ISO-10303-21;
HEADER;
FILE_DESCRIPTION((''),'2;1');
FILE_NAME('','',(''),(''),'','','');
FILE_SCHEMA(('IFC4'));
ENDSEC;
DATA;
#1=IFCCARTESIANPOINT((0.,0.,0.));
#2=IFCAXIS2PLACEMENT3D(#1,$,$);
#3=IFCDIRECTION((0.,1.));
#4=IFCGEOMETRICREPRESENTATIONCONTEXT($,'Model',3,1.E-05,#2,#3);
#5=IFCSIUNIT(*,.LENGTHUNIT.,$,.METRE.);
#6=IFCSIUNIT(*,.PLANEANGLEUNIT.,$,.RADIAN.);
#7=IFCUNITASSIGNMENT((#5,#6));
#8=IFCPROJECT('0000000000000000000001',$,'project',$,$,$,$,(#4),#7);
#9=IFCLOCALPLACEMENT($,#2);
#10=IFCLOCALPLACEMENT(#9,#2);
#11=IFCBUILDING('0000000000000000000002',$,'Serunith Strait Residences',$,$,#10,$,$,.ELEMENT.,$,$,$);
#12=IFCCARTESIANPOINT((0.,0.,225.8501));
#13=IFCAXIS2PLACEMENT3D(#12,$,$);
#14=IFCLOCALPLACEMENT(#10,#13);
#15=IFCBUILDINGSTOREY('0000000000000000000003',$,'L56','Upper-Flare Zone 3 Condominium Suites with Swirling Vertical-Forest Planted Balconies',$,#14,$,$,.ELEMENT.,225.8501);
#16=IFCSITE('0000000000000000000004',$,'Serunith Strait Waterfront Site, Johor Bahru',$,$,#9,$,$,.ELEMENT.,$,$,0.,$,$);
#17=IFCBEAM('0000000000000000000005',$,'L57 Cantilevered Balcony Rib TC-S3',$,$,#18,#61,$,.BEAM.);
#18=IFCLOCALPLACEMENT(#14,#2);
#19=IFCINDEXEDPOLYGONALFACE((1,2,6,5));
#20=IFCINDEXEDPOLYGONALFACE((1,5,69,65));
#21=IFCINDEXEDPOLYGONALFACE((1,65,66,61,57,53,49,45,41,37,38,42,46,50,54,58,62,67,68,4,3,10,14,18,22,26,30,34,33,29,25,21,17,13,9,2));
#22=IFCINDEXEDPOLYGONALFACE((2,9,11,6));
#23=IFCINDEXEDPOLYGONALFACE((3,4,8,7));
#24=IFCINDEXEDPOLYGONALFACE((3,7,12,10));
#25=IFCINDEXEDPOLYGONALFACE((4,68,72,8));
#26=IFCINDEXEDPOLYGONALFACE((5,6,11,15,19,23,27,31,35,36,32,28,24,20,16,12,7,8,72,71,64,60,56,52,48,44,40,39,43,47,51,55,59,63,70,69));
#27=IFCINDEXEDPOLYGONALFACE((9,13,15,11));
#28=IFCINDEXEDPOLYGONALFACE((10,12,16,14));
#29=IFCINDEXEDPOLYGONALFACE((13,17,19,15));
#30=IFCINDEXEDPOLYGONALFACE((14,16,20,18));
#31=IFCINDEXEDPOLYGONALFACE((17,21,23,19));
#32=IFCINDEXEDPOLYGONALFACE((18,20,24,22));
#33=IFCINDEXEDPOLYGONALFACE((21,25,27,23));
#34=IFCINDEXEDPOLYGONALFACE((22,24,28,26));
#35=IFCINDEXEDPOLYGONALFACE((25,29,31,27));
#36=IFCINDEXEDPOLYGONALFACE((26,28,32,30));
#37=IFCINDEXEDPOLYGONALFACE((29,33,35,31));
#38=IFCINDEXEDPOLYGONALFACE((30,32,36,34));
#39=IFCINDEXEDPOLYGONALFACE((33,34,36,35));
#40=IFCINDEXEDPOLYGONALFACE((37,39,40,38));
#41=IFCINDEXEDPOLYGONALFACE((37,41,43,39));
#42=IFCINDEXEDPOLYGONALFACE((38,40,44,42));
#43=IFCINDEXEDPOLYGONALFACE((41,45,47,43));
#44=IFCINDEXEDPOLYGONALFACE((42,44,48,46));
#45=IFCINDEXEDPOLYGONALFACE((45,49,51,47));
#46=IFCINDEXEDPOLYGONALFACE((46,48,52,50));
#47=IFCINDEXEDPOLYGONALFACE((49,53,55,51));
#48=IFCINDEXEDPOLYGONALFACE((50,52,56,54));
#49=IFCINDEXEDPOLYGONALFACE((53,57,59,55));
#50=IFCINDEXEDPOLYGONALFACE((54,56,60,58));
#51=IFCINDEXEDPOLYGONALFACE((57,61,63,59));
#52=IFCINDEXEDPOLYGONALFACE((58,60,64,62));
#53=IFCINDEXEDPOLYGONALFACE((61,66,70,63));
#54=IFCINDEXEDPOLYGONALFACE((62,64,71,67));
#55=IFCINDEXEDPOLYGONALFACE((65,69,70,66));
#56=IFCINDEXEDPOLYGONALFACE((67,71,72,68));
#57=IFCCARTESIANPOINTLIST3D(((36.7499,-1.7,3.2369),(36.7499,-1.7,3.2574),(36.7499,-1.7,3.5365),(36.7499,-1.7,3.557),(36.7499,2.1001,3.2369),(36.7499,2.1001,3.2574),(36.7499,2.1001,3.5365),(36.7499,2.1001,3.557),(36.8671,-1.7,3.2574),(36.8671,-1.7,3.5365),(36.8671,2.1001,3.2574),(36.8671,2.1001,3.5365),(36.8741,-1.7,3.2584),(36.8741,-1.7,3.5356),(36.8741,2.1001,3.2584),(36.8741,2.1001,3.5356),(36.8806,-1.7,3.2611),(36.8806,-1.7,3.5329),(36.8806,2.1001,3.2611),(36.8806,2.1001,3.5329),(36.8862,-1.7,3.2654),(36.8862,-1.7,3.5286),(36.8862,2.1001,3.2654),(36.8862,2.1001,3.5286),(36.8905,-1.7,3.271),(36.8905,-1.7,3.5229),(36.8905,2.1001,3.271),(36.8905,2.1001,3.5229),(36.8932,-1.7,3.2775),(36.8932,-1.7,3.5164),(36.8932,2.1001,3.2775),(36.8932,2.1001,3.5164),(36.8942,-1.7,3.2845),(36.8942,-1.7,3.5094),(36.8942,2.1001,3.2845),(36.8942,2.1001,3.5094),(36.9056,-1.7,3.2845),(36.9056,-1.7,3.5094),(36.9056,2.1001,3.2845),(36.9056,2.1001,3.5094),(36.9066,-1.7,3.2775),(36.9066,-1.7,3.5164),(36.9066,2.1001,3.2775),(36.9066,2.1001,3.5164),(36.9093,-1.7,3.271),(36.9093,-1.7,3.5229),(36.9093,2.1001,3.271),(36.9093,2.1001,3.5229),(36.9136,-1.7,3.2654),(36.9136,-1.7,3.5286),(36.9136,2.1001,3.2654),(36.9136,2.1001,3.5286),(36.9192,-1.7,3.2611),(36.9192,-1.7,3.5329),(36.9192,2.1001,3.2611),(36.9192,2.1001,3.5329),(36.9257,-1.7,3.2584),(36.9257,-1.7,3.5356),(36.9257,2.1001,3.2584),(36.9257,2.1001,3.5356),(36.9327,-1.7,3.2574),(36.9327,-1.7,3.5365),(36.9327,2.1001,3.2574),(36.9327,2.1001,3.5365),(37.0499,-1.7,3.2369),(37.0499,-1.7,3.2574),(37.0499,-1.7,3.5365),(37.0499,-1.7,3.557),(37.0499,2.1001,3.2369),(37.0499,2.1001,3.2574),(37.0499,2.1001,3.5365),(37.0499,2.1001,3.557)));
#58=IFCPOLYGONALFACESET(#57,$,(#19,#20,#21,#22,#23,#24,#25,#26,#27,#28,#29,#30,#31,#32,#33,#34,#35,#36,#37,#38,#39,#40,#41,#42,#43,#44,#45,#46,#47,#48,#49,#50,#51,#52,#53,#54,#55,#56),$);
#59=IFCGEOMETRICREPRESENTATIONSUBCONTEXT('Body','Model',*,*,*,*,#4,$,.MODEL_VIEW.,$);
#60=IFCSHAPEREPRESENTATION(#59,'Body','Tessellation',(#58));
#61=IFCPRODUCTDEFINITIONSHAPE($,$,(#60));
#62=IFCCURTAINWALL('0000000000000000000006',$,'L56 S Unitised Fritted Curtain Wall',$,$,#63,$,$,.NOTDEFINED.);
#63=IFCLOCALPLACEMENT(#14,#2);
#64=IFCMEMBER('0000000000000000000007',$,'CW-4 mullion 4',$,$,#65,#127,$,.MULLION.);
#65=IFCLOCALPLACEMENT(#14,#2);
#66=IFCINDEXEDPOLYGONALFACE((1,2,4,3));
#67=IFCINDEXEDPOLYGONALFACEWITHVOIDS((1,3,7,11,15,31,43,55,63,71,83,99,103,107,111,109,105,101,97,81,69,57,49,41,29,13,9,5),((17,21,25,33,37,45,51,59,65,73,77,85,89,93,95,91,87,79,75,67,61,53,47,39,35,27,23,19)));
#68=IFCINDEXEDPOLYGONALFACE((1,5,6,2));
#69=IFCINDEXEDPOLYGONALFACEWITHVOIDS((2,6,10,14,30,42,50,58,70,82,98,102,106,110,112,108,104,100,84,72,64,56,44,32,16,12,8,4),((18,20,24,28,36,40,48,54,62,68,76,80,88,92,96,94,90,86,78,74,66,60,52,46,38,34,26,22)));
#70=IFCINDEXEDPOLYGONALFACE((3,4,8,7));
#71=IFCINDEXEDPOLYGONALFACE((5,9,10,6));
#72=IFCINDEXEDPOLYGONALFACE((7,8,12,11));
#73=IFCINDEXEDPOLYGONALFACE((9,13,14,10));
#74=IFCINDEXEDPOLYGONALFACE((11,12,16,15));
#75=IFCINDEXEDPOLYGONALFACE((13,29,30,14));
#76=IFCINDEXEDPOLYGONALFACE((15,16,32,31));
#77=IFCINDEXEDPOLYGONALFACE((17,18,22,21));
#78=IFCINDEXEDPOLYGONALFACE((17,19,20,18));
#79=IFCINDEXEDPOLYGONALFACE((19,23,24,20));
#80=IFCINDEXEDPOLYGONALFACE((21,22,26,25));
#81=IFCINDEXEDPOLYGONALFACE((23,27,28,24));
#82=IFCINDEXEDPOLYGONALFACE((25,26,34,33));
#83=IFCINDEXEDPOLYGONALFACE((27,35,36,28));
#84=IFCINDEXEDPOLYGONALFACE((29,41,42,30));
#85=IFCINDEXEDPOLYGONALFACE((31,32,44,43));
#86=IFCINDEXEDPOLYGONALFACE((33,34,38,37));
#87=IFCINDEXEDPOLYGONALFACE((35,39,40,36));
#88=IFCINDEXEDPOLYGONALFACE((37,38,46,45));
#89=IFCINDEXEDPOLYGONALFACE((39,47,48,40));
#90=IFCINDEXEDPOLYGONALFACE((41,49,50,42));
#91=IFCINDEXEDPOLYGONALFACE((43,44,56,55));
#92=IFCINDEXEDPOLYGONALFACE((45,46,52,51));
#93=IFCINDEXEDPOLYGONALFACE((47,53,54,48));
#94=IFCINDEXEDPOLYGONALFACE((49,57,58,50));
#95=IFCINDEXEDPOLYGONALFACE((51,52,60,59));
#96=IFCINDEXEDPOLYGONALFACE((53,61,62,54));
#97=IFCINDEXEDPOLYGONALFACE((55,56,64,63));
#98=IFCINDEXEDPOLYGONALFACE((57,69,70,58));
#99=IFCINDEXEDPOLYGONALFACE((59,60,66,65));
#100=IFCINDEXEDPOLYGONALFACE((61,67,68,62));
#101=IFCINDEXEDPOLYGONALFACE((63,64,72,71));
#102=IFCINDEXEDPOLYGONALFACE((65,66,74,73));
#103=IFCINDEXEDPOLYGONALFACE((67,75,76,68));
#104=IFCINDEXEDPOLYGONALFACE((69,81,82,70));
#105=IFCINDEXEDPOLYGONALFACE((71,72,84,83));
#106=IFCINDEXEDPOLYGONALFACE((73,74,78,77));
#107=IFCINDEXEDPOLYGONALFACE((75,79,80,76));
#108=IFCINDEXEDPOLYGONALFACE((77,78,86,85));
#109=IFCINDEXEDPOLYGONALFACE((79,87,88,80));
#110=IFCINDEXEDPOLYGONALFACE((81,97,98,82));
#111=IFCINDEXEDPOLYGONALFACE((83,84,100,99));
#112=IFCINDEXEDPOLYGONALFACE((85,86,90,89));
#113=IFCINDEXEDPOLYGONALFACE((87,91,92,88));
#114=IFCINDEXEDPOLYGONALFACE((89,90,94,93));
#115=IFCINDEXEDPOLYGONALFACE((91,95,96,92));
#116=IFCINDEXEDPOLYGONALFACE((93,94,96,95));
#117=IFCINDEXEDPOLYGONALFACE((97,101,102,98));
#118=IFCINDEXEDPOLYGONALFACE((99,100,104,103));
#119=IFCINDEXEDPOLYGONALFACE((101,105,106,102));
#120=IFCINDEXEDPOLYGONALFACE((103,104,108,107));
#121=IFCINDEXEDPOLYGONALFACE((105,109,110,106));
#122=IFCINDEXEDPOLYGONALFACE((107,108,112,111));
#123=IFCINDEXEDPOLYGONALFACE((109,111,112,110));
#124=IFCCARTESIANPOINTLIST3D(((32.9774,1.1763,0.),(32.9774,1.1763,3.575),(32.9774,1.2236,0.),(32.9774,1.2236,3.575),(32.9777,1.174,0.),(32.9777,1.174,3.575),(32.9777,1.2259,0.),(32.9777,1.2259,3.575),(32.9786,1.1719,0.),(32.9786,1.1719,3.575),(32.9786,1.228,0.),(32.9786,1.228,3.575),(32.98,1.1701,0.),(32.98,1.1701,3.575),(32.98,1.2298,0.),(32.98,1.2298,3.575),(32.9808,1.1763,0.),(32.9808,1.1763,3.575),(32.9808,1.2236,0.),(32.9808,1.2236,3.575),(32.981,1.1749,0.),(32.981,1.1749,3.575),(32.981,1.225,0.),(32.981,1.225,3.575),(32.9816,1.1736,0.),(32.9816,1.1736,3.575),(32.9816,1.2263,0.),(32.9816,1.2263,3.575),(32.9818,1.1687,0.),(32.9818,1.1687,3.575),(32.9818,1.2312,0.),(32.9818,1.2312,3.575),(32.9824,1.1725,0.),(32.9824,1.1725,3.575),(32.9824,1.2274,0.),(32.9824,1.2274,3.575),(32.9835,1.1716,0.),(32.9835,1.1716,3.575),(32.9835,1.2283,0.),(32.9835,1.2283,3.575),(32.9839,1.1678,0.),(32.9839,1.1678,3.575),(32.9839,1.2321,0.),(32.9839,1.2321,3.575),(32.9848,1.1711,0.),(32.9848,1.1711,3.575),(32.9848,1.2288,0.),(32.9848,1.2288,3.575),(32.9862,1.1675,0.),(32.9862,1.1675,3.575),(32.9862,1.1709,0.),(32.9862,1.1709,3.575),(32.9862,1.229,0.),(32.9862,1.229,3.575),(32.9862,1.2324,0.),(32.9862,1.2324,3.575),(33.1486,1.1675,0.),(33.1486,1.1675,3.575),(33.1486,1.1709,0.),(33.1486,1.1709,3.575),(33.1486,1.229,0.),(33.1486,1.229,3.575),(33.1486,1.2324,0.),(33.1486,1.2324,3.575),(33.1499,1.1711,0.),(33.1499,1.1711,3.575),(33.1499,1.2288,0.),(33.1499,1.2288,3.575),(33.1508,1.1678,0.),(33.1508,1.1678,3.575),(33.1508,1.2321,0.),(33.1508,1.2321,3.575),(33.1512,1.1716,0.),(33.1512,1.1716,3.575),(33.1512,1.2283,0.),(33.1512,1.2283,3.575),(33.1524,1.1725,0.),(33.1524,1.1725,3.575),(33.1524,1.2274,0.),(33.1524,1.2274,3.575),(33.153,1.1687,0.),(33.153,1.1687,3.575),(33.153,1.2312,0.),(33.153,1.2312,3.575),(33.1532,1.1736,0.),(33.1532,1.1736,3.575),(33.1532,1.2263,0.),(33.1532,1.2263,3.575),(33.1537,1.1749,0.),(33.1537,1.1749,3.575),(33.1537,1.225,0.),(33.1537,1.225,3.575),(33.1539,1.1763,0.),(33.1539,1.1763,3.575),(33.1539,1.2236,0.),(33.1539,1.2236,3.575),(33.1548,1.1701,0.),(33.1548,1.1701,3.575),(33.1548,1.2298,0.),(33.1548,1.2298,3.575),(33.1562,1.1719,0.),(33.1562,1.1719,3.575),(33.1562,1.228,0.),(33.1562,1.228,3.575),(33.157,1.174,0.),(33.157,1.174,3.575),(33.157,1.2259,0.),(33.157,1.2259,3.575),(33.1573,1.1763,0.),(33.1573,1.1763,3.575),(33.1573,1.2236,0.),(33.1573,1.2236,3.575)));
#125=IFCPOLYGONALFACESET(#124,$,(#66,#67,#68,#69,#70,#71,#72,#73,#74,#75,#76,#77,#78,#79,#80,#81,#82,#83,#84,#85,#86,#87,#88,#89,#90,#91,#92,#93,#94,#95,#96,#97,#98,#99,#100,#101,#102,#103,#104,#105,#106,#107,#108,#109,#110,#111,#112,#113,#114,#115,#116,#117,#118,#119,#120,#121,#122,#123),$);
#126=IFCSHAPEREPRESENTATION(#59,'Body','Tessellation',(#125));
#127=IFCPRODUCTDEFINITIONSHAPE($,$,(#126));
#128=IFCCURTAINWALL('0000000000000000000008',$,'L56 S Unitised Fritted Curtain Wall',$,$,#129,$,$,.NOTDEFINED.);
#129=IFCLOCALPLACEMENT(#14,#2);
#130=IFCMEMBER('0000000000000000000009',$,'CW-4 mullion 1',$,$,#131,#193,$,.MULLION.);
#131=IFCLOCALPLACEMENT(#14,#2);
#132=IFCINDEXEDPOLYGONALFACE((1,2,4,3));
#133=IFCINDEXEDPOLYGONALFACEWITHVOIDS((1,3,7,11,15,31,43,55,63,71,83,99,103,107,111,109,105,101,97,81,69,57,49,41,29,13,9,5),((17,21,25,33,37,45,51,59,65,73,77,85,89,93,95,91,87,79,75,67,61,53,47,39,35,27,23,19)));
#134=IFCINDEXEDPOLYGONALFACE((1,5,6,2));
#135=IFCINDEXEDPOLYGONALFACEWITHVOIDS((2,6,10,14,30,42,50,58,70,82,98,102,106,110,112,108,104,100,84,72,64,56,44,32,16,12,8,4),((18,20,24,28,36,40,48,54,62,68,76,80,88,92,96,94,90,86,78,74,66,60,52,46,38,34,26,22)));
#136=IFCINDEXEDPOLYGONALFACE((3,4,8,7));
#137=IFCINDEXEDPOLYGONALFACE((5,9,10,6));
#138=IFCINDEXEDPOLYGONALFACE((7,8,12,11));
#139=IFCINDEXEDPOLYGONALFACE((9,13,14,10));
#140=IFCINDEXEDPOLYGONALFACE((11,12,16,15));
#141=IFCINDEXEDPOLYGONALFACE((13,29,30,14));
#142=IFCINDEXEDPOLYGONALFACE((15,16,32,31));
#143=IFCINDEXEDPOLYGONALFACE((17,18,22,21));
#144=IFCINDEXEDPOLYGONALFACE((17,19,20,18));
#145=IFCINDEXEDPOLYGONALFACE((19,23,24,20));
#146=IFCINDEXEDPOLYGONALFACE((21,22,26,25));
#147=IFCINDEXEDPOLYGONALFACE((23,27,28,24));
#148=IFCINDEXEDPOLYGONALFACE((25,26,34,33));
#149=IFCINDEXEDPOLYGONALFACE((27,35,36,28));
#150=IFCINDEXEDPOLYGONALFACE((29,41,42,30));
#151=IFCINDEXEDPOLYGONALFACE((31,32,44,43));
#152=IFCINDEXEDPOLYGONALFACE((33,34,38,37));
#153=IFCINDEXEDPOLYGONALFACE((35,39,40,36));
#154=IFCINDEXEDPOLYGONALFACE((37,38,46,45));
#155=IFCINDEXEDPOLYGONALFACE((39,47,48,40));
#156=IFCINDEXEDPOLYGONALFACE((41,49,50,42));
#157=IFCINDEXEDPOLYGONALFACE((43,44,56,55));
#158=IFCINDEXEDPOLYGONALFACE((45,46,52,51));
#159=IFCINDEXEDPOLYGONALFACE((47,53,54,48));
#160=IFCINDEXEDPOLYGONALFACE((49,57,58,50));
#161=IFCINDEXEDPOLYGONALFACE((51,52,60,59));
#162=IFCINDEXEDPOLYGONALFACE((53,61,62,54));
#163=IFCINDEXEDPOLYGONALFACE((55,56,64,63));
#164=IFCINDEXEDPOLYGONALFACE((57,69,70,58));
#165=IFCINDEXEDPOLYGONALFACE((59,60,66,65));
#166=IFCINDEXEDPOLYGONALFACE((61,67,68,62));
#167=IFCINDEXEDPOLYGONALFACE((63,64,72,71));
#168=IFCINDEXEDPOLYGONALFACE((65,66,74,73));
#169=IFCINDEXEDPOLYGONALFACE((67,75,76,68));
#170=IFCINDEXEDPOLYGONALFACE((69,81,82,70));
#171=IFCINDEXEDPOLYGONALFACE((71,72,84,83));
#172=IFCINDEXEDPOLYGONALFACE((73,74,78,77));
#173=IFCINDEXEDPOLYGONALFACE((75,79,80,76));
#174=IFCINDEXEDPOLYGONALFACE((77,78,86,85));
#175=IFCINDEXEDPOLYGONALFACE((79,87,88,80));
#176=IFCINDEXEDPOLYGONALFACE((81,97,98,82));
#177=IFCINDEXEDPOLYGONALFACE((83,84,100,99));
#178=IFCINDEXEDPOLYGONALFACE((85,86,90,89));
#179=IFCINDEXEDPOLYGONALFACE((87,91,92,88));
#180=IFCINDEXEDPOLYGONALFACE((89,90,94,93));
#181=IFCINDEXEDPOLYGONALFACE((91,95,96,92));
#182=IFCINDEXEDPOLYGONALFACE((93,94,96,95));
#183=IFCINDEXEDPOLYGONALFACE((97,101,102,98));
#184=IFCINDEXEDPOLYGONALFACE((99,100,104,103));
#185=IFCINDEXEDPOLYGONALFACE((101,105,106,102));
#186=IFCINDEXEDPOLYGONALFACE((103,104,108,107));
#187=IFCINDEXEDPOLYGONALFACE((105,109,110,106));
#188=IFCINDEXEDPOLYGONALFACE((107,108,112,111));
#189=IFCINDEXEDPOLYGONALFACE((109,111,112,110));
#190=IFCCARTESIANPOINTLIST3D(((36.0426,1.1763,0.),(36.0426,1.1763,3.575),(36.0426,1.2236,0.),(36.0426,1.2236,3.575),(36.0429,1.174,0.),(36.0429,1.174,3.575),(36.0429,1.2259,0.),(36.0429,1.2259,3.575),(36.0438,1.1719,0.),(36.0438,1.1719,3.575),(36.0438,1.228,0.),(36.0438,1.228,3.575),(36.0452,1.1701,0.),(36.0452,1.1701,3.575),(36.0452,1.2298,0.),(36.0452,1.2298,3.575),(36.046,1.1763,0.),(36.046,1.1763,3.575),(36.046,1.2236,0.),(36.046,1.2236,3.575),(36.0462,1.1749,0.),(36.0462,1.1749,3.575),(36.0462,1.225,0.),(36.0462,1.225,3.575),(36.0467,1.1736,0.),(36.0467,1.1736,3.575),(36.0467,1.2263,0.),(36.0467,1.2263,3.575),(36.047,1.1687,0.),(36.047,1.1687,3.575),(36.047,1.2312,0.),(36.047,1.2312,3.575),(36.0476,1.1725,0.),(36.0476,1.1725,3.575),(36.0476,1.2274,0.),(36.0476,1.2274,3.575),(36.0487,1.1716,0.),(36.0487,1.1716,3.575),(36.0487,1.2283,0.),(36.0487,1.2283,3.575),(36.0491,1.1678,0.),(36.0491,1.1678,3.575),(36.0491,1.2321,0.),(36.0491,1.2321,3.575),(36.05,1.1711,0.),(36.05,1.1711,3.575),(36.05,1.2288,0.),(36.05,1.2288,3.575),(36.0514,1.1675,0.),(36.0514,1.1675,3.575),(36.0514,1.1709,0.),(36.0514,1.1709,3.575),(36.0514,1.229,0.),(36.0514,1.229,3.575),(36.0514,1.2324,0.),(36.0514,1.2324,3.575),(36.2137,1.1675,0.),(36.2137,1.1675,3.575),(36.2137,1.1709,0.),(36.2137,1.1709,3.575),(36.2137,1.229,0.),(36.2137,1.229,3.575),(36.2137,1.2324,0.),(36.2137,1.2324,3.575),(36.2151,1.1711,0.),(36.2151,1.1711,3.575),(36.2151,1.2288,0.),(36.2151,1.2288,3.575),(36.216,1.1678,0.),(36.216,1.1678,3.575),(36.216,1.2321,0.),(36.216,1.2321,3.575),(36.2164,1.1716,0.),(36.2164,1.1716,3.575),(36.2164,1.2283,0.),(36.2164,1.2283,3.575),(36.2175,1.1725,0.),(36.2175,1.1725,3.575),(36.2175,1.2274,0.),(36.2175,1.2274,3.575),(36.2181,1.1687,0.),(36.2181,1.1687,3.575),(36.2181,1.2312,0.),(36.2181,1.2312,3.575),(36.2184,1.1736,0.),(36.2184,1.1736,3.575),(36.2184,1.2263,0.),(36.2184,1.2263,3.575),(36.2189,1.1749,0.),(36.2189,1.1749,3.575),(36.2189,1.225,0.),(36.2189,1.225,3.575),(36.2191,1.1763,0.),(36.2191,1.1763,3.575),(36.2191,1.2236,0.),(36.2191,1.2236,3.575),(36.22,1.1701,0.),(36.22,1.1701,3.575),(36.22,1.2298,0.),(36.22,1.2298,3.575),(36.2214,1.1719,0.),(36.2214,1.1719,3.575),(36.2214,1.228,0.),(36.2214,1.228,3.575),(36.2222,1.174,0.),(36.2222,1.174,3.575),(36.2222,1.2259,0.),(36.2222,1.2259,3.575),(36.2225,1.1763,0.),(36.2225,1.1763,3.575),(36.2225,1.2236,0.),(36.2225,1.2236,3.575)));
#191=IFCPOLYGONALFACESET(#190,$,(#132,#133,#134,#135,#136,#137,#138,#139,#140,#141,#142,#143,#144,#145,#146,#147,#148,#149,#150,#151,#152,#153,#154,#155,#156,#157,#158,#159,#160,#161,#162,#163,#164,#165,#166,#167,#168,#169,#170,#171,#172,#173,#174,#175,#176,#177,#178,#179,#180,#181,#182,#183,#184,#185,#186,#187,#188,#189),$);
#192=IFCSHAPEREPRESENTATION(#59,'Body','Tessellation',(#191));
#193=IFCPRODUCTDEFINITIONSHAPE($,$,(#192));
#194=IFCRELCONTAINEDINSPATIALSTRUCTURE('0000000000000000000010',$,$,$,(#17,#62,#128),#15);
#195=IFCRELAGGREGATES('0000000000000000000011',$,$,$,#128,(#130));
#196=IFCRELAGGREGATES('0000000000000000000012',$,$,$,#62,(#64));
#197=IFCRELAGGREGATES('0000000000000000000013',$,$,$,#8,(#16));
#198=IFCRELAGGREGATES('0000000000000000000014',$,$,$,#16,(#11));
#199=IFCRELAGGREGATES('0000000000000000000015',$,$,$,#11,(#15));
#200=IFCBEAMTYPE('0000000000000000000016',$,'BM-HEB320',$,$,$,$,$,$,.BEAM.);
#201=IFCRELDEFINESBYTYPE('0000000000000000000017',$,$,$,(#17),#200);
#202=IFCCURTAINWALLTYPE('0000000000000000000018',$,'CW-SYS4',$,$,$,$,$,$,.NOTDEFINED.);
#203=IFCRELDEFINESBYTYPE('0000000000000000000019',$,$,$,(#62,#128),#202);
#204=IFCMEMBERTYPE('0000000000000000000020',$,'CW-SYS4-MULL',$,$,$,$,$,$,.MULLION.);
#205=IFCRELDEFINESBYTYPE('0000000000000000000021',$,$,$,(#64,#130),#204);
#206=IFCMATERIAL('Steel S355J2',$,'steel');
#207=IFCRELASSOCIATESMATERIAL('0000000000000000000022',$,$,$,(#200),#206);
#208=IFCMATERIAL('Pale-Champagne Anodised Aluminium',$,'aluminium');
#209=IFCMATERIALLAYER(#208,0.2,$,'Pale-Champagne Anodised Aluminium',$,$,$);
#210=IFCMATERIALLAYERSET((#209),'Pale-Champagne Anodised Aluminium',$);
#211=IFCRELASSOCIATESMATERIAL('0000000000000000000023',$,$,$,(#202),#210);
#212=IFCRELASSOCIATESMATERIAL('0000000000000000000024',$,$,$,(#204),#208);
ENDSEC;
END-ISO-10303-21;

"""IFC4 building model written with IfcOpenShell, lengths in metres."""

from ifc_helpers import new_model, si_unit, direction, frame, origin, origin_2d, place, context, subcontext, project, spatial, hollow_rectangle, i_section, extrude, source, transform, mapped, material, layer, layer_set, material_profile, profile_set, type_object, element, aggregate, save


model = new_model("IFC4")

# Units and contexts
model_context = context("Model", 3, precision=1e-05, world=origin(), true_north=direction((0.0, 1.0)))
body_context = subcontext(model_context, "Body", "Model", "MODEL_VIEW")
ifc_project = project(units=[si_unit("LENGTHUNIT", "METRE"), si_unit("PLANEANGLEUNIT", "RADIAN")], contexts=[model_context])

# Site, building, storey
site_placement = place(None, origin())
site = spatial("IfcSite", under=ifc_project, at=site_placement, Name="Serunith Strait Waterfront Site, Johor Bahru", CompositionType="ELEMENT", RefElevation=0.0)
building_placement = place(site_placement, origin())
building = spatial("IfcBuilding", under=site, at=building_placement, Name="Serunith Strait Residences", CompositionType="ELEMENT")
storey_placement = place(building_placement, frame((0.0, 0.0, 225.8501)))
storey = spatial("IfcBuildingStorey", under=building, at=storey_placement, Name="L56", Description="Upper-Flare Zone 3 Condominium Suites with Swirling Vertical-Forest Planted Balconies", CompositionType="ELEMENT", Elevation=225.8501)

# Beam
ifc_material_1 = material(Name="Steel S355J2", Category="steel")
ifc_material_profile_1 = material_profile(ifc_material_1, i_section(OverallWidth=0.3, OverallDepth=0.3201, WebThickness=0.0115, FlangeThickness=0.0205, FilletRadius=0.0271, at=origin_2d()), Name="HEB 320")
ifc_profile_set_1 = profile_set([ifc_material_profile_1], Name="Steel S355J2")
beam_type_1 = type_object("IfcBeamType", Name="BM-HEB320", PredefinedType="BEAM", material=ifc_profile_set_1)
shared_shape_1 = source(origin(), body_context, "Body", "SweptSolid", [
    extrude(i_section(OverallWidth=0.3, OverallDepth=0.3201, WebThickness=0.0115, FlangeThickness=0.0205, FilletRadius=0.0271, at=origin_2d()), origin(), (0.0, 0.0, 1.0), 3.8),
])
beam_1_placement = place(storey_placement, frame((36.8999, 2.1001, 3.397), z_axis=(0.0, -1.0, 0.0), x_axis=(1.0, 0.0, 0.0)))
element("IfcBeam", 1, at=beam_1_placement, inside=storey, type_object=beam_type_1, Name="L57 Cantilevered Balcony Rib TC-S3", PredefinedType="BEAM", context=body_context, shape_type="MappedRepresentation", body=[
    mapped(shared_shape_1, transform((0.0, 0.0, 0.0), scale=1.0)),
])

# Curtain wall, member
ifc_material_2 = material(Name="Pale-Champagne Anodised Aluminium", Category="aluminium")
ifc_layer_1 = layer(ifc_material_2, 0.2, Name="Pale-Champagne Anodised Aluminium")
ifc_layer_set_1 = layer_set([ifc_layer_1], Name="Pale-Champagne Anodised Aluminium")
curtain_wall_type = type_object("IfcCurtainWallType", Name="CW-SYS4", PredefinedType="NOTDEFINED", material=ifc_layer_set_1)
curtain_wall_1_placement = place(storey_placement, origin())
curtain_wall_1 = element("IfcCurtainWall", 2, at=curtain_wall_1_placement, inside=storey, type_object=curtain_wall_type, Name="L56 S Unitised Fritted Curtain Wall", PredefinedType="NOTDEFINED")
ifc_material_profile_2 = material_profile(ifc_material_2, hollow_rectangle(XDim=0.0649, YDim=0.1799, WallThickness=0.0034, InnerFilletRadius=0.0054, OuterFilletRadius=0.0088, at=origin_2d()), Name="ALU 180x65x3.5")
ifc_profile_set_2 = profile_set([ifc_material_profile_2], Name="Pale-Champagne Anodised Aluminium")
member_type_1 = type_object("IfcMemberType", Name="CW-SYS4-MULL", PredefinedType="MULLION", material=ifc_profile_set_2)
shared_shape_2 = source(origin(), body_context, "Body", "SweptSolid", [
    extrude(hollow_rectangle(XDim=0.0649, YDim=0.1799, WallThickness=0.0034, InnerFilletRadius=0.0054, OuterFilletRadius=0.0088, at=origin_2d()), origin(), (0.0, 0.0, 1.0), 3.575),
])
member_1_placement = place(storey_placement, frame((33.0674, 1.2, 0.0), z_axis=(0.0, 0.0, 1.0), x_axis=(0.0, 1.0, 0.0)))
member_1 = element("IfcMember", 3, at=member_1_placement, type_object=member_type_1, Name="CW-4 mullion 4", PredefinedType="MULLION", context=body_context, shape_type="MappedRepresentation", body=[
    mapped(shared_shape_2, transform((0.0, 0.0, 0.0), scale=1.0)),
])

# Curtain wall, member
curtain_wall_2_placement = place(storey_placement, origin())
curtain_wall_2 = element("IfcCurtainWall", 4, at=curtain_wall_2_placement, inside=storey, type_object=curtain_wall_type, Name="L56 S Unitised Fritted Curtain Wall", PredefinedType="NOTDEFINED")
member_2_placement = place(storey_placement, frame((36.1326, 1.2, 0.0), z_axis=(0.0, 0.0, 1.0), x_axis=(0.0, 1.0, 0.0)))
member_2 = element("IfcMember", 5, at=member_2_placement, type_object=member_type_1, Name="CW-4 mullion 1", PredefinedType="MULLION", context=body_context, shape_type="MappedRepresentation", body=[
    mapped(shared_shape_2, transform((0.0, 0.0, 0.0), scale=1.0)),
])
aggregate(curtain_wall_2, [member_2])

aggregate(curtain_wall_1, [member_1])

save(model, "model.ifc")
